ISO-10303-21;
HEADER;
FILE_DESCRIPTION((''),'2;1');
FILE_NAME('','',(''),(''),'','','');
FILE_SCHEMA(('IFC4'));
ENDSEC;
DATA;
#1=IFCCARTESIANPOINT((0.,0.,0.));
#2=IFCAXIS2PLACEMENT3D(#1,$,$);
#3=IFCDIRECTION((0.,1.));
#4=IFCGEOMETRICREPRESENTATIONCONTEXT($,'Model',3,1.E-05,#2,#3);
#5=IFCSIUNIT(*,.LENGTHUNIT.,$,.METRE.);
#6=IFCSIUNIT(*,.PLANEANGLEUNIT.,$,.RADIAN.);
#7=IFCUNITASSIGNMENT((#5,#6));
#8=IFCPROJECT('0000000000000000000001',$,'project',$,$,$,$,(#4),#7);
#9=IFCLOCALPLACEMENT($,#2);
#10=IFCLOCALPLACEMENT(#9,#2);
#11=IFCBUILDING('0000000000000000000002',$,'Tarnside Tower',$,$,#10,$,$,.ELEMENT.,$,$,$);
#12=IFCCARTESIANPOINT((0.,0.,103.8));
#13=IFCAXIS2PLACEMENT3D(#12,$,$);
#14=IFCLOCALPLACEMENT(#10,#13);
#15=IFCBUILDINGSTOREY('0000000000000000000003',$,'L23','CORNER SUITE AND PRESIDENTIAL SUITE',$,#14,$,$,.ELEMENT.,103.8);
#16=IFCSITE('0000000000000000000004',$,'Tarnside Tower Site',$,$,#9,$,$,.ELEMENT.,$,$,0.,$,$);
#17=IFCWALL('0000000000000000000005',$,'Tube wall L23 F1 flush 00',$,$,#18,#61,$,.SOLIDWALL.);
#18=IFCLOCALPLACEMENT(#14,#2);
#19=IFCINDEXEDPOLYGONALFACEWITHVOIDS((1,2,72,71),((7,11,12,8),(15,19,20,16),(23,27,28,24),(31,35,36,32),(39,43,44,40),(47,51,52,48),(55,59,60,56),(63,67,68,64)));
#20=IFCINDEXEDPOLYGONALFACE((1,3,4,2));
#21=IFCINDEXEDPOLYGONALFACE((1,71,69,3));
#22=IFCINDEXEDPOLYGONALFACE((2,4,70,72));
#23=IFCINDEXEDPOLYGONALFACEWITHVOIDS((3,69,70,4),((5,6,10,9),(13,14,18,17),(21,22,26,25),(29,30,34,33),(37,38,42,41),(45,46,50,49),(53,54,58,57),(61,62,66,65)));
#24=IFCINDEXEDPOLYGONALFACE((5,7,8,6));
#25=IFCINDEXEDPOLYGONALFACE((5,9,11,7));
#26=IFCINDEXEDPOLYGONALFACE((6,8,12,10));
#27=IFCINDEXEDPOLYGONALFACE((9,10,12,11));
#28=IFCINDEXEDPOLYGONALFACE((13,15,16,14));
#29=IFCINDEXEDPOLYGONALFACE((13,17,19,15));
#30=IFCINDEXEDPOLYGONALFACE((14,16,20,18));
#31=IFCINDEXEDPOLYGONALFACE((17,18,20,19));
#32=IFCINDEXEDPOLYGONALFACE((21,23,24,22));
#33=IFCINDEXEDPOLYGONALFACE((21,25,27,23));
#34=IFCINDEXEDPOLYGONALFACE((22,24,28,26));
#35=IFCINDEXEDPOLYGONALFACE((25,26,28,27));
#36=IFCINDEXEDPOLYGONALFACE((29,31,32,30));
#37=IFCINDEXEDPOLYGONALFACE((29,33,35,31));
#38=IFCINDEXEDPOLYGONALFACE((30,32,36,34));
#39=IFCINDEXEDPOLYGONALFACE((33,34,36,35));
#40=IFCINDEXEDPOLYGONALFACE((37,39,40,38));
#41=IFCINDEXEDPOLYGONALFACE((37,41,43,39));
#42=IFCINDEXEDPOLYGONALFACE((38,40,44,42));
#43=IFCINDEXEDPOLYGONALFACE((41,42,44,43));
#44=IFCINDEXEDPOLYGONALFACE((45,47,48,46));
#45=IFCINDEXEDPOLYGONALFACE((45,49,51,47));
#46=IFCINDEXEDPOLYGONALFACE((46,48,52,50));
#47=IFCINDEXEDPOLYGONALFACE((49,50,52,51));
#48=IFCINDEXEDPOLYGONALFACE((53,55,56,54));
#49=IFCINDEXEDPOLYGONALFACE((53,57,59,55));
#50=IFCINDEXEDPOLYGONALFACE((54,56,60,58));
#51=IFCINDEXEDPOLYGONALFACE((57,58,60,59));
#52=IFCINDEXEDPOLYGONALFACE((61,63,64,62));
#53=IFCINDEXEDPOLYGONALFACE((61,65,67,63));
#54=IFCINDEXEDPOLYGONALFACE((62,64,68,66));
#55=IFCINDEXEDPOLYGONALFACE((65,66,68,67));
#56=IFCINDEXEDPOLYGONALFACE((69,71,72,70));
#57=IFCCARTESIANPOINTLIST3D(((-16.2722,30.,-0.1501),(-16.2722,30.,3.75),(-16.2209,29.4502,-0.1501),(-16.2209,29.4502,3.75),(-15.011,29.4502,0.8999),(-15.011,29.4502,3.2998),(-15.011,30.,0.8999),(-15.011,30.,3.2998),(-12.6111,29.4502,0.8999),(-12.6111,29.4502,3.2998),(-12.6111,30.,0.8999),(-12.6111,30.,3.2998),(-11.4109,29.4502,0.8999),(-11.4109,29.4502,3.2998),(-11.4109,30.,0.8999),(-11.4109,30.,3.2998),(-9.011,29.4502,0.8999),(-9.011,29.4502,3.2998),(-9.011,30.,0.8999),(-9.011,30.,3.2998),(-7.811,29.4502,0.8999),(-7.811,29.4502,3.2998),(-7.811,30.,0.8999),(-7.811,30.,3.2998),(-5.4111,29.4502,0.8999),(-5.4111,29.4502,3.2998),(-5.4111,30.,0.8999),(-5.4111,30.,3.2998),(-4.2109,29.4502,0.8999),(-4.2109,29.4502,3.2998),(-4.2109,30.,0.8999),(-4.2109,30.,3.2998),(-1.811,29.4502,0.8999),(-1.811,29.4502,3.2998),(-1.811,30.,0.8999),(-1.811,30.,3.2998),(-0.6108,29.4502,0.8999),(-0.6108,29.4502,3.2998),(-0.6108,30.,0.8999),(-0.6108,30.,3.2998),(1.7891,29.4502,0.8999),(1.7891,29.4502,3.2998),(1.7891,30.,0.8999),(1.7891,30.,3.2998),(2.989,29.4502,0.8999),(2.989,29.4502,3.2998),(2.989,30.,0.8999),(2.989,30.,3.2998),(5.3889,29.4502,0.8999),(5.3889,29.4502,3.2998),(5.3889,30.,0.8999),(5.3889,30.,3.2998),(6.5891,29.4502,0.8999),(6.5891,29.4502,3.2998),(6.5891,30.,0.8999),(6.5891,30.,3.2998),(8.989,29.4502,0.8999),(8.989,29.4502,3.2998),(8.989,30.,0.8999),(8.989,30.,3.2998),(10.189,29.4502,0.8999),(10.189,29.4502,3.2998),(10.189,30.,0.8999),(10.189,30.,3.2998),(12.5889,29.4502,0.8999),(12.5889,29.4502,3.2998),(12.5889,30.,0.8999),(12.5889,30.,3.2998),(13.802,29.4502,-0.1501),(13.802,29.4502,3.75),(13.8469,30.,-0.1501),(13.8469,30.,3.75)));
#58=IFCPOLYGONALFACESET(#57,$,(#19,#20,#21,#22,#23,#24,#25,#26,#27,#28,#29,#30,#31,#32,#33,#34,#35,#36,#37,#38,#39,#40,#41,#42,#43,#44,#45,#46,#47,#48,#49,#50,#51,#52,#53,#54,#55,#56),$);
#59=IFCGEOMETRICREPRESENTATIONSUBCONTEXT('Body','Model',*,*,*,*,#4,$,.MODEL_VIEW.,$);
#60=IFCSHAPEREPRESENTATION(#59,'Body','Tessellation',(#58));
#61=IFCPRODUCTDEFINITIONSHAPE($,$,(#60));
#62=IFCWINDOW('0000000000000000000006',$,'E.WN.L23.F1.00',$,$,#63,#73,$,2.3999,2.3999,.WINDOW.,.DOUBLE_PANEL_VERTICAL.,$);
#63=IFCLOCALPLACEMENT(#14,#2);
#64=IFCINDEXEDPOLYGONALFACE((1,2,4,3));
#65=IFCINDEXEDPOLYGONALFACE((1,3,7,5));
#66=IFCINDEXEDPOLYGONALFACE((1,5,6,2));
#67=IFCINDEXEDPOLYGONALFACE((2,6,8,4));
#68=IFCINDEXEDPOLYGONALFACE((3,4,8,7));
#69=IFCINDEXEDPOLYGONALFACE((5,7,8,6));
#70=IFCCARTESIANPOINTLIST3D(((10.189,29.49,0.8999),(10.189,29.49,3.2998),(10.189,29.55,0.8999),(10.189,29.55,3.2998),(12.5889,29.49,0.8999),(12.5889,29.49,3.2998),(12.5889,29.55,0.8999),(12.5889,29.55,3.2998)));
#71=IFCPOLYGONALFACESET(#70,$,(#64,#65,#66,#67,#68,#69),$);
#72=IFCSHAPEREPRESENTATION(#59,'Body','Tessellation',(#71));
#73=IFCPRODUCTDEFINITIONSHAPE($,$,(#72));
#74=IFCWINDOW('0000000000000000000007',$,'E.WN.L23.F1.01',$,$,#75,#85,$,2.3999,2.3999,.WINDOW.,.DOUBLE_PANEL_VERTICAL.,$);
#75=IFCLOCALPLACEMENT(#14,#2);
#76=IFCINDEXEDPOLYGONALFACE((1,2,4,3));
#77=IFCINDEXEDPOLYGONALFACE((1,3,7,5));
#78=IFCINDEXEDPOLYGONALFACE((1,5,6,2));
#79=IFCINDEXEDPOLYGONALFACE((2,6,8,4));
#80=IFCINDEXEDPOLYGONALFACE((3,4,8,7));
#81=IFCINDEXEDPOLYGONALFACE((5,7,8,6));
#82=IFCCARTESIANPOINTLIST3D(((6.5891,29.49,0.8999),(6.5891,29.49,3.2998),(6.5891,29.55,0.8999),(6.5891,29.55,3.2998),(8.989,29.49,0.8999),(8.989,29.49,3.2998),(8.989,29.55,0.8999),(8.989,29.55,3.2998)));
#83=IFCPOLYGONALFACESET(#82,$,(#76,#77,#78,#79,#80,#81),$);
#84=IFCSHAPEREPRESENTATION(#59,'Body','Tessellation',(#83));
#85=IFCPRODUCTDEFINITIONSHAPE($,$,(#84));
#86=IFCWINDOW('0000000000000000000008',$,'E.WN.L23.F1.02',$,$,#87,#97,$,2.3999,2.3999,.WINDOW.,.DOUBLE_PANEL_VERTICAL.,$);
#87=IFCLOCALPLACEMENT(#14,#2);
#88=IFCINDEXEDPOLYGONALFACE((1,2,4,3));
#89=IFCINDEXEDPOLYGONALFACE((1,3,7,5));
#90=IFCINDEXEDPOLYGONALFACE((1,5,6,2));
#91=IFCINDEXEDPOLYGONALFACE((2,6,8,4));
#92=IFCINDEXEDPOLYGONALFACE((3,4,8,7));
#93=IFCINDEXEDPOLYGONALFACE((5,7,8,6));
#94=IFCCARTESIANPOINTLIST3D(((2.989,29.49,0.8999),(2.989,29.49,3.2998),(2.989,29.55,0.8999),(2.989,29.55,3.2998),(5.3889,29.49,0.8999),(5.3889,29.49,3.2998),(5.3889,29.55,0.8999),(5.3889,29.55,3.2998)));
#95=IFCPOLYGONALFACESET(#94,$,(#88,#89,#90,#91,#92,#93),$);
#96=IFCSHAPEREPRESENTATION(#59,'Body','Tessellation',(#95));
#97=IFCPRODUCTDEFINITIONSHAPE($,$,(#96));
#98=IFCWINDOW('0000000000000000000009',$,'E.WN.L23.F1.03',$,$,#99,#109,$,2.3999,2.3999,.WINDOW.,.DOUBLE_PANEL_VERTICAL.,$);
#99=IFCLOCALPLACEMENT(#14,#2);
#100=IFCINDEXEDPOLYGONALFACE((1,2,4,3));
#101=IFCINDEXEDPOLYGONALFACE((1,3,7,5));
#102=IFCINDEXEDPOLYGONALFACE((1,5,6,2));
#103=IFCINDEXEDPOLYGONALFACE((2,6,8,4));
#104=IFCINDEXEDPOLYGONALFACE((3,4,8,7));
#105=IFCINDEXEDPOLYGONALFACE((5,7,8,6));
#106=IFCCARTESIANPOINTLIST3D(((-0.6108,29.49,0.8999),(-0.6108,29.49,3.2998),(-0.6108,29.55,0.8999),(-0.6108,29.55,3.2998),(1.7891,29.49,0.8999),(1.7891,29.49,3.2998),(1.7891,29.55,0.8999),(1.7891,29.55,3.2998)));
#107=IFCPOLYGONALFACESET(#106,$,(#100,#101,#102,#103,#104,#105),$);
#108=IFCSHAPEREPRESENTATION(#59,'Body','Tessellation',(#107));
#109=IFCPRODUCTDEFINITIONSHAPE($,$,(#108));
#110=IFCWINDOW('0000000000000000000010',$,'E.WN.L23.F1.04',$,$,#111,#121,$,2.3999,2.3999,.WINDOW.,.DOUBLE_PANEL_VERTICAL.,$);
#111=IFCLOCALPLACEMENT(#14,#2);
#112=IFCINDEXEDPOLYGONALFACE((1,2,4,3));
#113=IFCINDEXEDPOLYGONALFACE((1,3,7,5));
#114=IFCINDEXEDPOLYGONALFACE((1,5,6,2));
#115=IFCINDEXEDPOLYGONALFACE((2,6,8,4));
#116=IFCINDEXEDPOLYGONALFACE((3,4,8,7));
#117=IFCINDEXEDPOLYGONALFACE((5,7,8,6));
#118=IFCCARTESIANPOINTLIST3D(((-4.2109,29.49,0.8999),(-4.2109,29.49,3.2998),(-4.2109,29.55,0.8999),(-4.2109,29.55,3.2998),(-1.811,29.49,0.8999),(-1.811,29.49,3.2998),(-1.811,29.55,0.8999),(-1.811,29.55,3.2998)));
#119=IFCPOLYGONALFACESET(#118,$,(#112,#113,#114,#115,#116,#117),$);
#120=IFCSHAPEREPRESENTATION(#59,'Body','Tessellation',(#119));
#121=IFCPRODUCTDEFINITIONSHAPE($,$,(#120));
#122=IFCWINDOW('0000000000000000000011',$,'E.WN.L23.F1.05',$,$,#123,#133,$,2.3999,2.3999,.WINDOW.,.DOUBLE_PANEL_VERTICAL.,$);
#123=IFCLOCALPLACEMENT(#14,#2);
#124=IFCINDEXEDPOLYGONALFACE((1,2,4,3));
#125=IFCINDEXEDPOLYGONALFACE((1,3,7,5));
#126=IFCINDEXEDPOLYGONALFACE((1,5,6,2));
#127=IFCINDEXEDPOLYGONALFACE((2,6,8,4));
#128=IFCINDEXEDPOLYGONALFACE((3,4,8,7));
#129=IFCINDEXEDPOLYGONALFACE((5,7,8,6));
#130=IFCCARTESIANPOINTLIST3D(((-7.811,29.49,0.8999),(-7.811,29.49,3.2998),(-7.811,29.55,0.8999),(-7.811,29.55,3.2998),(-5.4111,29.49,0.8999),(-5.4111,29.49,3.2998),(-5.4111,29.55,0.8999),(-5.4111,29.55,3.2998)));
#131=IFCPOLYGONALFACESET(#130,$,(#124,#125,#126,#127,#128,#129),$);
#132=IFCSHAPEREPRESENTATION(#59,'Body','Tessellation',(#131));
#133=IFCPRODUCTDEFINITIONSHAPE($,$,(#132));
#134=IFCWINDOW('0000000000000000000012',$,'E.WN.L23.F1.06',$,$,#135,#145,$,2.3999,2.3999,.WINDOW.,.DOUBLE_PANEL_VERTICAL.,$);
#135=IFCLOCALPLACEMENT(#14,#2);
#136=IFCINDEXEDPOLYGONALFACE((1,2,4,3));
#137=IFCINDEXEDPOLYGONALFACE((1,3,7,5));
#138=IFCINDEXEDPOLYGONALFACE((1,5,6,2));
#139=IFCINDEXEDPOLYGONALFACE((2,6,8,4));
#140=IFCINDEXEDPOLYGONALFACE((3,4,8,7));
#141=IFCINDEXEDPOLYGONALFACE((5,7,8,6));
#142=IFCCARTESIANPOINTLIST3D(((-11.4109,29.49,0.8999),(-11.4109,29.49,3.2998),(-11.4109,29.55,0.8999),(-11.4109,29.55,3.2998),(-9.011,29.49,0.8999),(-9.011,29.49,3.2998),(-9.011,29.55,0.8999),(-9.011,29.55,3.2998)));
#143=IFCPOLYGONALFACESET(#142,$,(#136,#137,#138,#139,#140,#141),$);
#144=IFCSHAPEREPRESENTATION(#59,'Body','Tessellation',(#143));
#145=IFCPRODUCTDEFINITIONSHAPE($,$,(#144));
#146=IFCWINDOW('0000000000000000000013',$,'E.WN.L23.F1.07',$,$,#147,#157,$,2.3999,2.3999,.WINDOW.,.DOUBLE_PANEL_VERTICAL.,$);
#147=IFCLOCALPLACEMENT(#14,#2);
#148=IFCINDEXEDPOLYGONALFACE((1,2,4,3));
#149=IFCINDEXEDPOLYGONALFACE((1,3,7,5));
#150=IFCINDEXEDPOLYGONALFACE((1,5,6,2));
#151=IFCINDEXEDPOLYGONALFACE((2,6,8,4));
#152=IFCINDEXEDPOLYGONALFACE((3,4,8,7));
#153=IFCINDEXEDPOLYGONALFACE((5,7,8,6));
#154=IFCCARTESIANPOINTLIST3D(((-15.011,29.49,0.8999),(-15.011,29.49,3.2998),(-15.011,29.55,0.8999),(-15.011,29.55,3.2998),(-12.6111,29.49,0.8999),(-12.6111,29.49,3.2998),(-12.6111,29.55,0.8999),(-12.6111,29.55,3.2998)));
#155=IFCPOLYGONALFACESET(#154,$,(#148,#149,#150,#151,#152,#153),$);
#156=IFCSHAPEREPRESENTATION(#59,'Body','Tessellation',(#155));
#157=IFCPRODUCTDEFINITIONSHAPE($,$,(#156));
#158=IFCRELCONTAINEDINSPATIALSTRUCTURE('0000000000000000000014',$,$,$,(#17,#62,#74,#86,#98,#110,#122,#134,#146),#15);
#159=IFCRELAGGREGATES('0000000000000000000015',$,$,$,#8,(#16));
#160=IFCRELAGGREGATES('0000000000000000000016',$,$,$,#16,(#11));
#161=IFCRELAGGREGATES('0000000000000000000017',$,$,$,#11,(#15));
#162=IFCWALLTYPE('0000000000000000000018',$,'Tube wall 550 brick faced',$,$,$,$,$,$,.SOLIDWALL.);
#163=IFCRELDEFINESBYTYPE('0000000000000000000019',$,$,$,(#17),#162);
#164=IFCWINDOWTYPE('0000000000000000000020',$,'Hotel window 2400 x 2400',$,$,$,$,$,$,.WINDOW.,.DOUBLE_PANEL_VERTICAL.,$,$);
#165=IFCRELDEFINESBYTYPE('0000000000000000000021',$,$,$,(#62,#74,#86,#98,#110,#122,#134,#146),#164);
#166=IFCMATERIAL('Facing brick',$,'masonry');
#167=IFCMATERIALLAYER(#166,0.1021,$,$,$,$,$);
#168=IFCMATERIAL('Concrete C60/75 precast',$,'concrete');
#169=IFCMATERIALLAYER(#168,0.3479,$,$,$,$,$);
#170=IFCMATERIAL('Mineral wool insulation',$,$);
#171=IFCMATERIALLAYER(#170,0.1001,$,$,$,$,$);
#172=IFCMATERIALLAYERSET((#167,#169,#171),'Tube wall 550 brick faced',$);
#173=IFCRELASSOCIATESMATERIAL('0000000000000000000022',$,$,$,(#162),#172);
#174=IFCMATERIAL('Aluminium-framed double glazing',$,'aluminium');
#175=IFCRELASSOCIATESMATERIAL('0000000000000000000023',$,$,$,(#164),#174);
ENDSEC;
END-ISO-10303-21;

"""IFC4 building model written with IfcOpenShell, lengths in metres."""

from ifc_helpers import new_model, si_unit, direction, frame, frame_2d, origin, place, context, subcontext, project, spatial, polyline, rectangle, outline, extrude, material, layer, layer_set, type_object, element, fill, save


model = new_model("IFC4")

# Units and contexts
model_context = context("Model", 3, precision=1e-05, world=origin(), true_north=direction((0.0, 1.0)))
body_context = subcontext(model_context, "Body", "Model", "MODEL_VIEW")
ifc_project = project(units=[si_unit("LENGTHUNIT", "METRE"), si_unit("PLANEANGLEUNIT", "RADIAN")], contexts=[model_context])

# Site, building, storey
site_placement = place(None, origin())
site = spatial("IfcSite", under=ifc_project, at=site_placement, Name="Tarnside Tower Site", CompositionType="ELEMENT", RefElevation=0.0)
building_placement = place(site_placement, origin())
building = spatial("IfcBuilding", under=site, at=building_placement, Name="Tarnside Tower", CompositionType="ELEMENT")
storey_placement = place(building_placement, frame((0.0, 0.0, 103.8)))
storey = spatial("IfcBuildingStorey", under=building, at=storey_placement, Name="L23", Description="CORNER SUITE AND PRESIDENTIAL SUITE", CompositionType="ELEMENT", Elevation=103.8)

# Wall, openings, windows
ifc_material_1 = material(Name="Facing brick", Category="masonry")
ifc_layer_1 = layer(ifc_material_1, 0.1021)
ifc_material_2 = material(Name="Concrete C60/75 precast", Category="concrete")
ifc_layer_2 = layer(ifc_material_2, 0.3479)
ifc_material_3 = material(Name="Mineral wool insulation")
ifc_layer_3 = layer(ifc_material_3, 0.1001)
ifc_layer_set_1 = layer_set([ifc_layer_1, ifc_layer_2, ifc_layer_3], Name="Tube wall 550 brick faced")
wall_type_1 = type_object("IfcWallType", Name="Tube wall 550 brick faced", PredefinedType="SOLIDWALL", material=ifc_layer_set_1)
wall_1_placement = place(storey_placement, frame((13.8245, 29.7251, -0.1501), z_axis=(0.0, 0.0, 1.0), x_axis=(-1.0, 0.0, 0.0)))
wall_1 = element("IfcWall", 1, at=wall_1_placement, inside=storey, type_object=wall_type_1, Name="Tube wall L23 F1 flush 00", PredefinedType="SOLIDWALL", context=body_context, shape_type="SweptSolid", body=[
    extrude(outline(polyline([(-0.0225, -0.2749), (30.0967, -0.2749), (30.0454, 0.2749), (0.0225, 0.2749), (-0.0225, -0.2749)])), origin(), (0.0, 0.0, 1.0), 3.9001),
])
opening_1_placement = place(wall_1_placement, frame((1.2356, 0.0, 1.05)))
opening_1 = element("IfcOpeningElement", 2, at=opening_1_placement, cuts=wall_1, PredefinedType="OPENING", context=body_context, shape_type="SweptSolid", body=[
    extrude(rectangle(XDim=2.3999, YDim=2.3999, at=frame_2d((1.2, 1.2))), frame((0.0, 0.2852, 0.0), z_axis=(0.0, -1.0, 0.0), x_axis=(1.0, 0.0, 0.0)), (0.0, 0.0, 1.0), 0.5701),
])
opening_2_placement = place(wall_1_placement, frame((4.8354, 0.0, 1.05)))
opening_2 = element("IfcOpeningElement", 3, at=opening_2_placement, cuts=wall_1, PredefinedType="OPENING", context=body_context, shape_type="SweptSolid", body=[
    extrude(rectangle(XDim=2.3999, YDim=2.3999, at=frame_2d((1.2, 1.2))), frame((0.0, 0.2852, 0.0), z_axis=(0.0, -1.0, 0.0), x_axis=(1.0, 0.0, 0.0)), (0.0, 0.0, 1.0), 0.5701),
])
opening_3_placement = place(wall_1_placement, frame((8.4355, 0.0, 1.05)))
opening_3 = element("IfcOpeningElement", 4, at=opening_3_placement, cuts=wall_1, PredefinedType="OPENING", context=body_context, shape_type="SweptSolid", body=[
    extrude(rectangle(XDim=2.3999, YDim=2.3999, at=frame_2d((1.2, 1.2))), frame((0.0, 0.2852, 0.0), z_axis=(0.0, -1.0, 0.0), x_axis=(1.0, 0.0, 0.0)), (0.0, 0.0, 1.0), 0.5701),
])
opening_4_placement = place(wall_1_placement, frame((12.0354, 0.0, 1.05)))
opening_4 = element("IfcOpeningElement", 5, at=opening_4_placement, cuts=wall_1, PredefinedType="OPENING", context=body_context, shape_type="SweptSolid", body=[
    extrude(rectangle(XDim=2.3999, YDim=2.3999, at=frame_2d((1.2, 1.2))), frame((0.0, 0.2852, 0.0), z_axis=(0.0, -1.0, 0.0), x_axis=(1.0, 0.0, 0.0)), (0.0, 0.0, 1.0), 0.5701),
])
opening_5_placement = place(wall_1_placement, frame((15.6355, 0.0, 1.05)))
opening_5 = element("IfcOpeningElement", 6, at=opening_5_placement, cuts=wall_1, PredefinedType="OPENING", context=body_context, shape_type="SweptSolid", body=[
    extrude(rectangle(XDim=2.3999, YDim=2.3999, at=frame_2d((1.2, 1.2))), frame((0.0, 0.2852, 0.0), z_axis=(0.0, -1.0, 0.0), x_axis=(1.0, 0.0, 0.0)), (0.0, 0.0, 1.0), 0.5701),
])
opening_6_placement = place(wall_1_placement, frame((19.2356, 0.0, 1.05)))
opening_6 = element("IfcOpeningElement", 7, at=opening_6_placement, cuts=wall_1, PredefinedType="OPENING", context=body_context, shape_type="SweptSolid", body=[
    extrude(rectangle(XDim=2.3999, YDim=2.3999, at=frame_2d((1.2, 1.2))), frame((0.0, 0.2852, 0.0), z_axis=(0.0, -1.0, 0.0), x_axis=(1.0, 0.0, 0.0)), (0.0, 0.0, 1.0), 0.5701),
])
opening_7_placement = place(wall_1_placement, frame((22.8354, 0.0, 1.05)))
opening_7 = element("IfcOpeningElement", 8, at=opening_7_placement, cuts=wall_1, PredefinedType="OPENING", context=body_context, shape_type="SweptSolid", body=[
    extrude(rectangle(XDim=2.3999, YDim=2.3999, at=frame_2d((1.2, 1.2))), frame((0.0, 0.2852, 0.0), z_axis=(0.0, -1.0, 0.0), x_axis=(1.0, 0.0, 0.0)), (0.0, 0.0, 1.0), 0.5701),
])
opening_8_placement = place(wall_1_placement, frame((26.4355, 0.0, 1.05)))
opening_8 = element("IfcOpeningElement", 9, at=opening_8_placement, cuts=wall_1, PredefinedType="OPENING", context=body_context, shape_type="SweptSolid", body=[
    extrude(rectangle(XDim=2.3999, YDim=2.3999, at=frame_2d((1.2, 1.2))), frame((0.0, 0.2852, 0.0), z_axis=(0.0, -1.0, 0.0), x_axis=(1.0, 0.0, 0.0)), (0.0, 0.0, 1.0), 0.5701),
])
ifc_material_4 = material(Name="Aluminium-framed double glazing", Category="aluminium")
window_type = type_object("IfcWindowType", Name="Hotel window 2400 x 2400", PartitioningType="DOUBLE_PANEL_VERTICAL", PredefinedType="WINDOW", material=ifc_material_4)
window_1_placement = place(opening_1_placement, frame((0.0, 0.2051, 0.0)))
window_1 = element("IfcWindow", 10, at=window_1_placement, inside=storey, type_object=window_type, Name="E.WN.L23.F1.00", OverallHeight=2.3999, OverallWidth=2.3999, PartitioningType="DOUBLE_PANEL_VERTICAL", PredefinedType="WINDOW", context=body_context, shape_type="SweptSolid", body=[
    extrude(rectangle(XDim=2.3999, YDim=2.3999, at=frame_2d((1.2, 1.2))), frame((0.0, 0.03, 0.0), z_axis=(0.0, -1.0, 0.0), x_axis=(1.0, 0.0, 0.0)), (0.0, 0.0, 1.0), 0.0601),
])
fill(opening_1, window_1)
window_2_placement = place(opening_2_placement, frame((0.0, 0.2051, 0.0)))
window_2 = element("IfcWindow", 11, at=window_2_placement, inside=storey, type_object=window_type, Name="E.WN.L23.F1.01", OverallHeight=2.3999, OverallWidth=2.3999, PartitioningType="DOUBLE_PANEL_VERTICAL", PredefinedType="WINDOW", context=body_context, shape_type="SweptSolid", body=[
    extrude(rectangle(XDim=2.3999, YDim=2.3999, at=frame_2d((1.2, 1.2))), frame((0.0, 0.03, 0.0), z_axis=(0.0, -1.0, 0.0), x_axis=(1.0, 0.0, 0.0)), (0.0, 0.0, 1.0), 0.0601),
])
fill(opening_2, window_2)
window_3_placement = place(opening_3_placement, frame((0.0, 0.2051, 0.0)))
window_3 = element("IfcWindow", 12, at=window_3_placement, inside=storey, type_object=window_type, Name="E.WN.L23.F1.02", OverallHeight=2.3999, OverallWidth=2.3999, PartitioningType="DOUBLE_PANEL_VERTICAL", PredefinedType="WINDOW", context=body_context, shape_type="SweptSolid", body=[
    extrude(rectangle(XDim=2.3999, YDim=2.3999, at=frame_2d((1.2, 1.2))), frame((0.0, 0.03, 0.0), z_axis=(0.0, -1.0, 0.0), x_axis=(1.0, 0.0, 0.0)), (0.0, 0.0, 1.0), 0.0601),
])
fill(opening_3, window_3)
window_4_placement = place(opening_4_placement, frame((0.0, 0.2051, 0.0)))
window_4 = element("IfcWindow", 13, at=window_4_placement, inside=storey, type_object=window_type, Name="E.WN.L23.F1.03", OverallHeight=2.3999, OverallWidth=2.3999, PartitioningType="DOUBLE_PANEL_VERTICAL", PredefinedType="WINDOW", context=body_context, shape_type="SweptSolid", body=[
    extrude(rectangle(XDim=2.3999, YDim=2.3999, at=frame_2d((1.2, 1.2))), frame((0.0, 0.03, 0.0), z_axis=(0.0, -1.0, 0.0), x_axis=(1.0, 0.0, 0.0)), (0.0, 0.0, 1.0), 0.0601),
])
fill(opening_4, window_4)
window_5_placement = place(opening_5_placement, frame((0.0, 0.2051, 0.0)))
window_5 = element("IfcWindow", 14, at=window_5_placement, inside=storey, type_object=window_type, Name="E.WN.L23.F1.04", OverallHeight=2.3999, OverallWidth=2.3999, PartitioningType="DOUBLE_PANEL_VERTICAL", PredefinedType="WINDOW", context=body_context, shape_type="SweptSolid", body=[
    extrude(rectangle(XDim=2.3999, YDim=2.3999, at=frame_2d((1.2, 1.2))), frame((0.0, 0.03, 0.0), z_axis=(0.0, -1.0, 0.0), x_axis=(1.0, 0.0, 0.0)), (0.0, 0.0, 1.0), 0.0601),
])
fill(opening_5, window_5)
window_6_placement = place(opening_6_placement, frame((0.0, 0.2051, 0.0)))
window_6 = element("IfcWindow", 15, at=window_6_placement, inside=storey, type_object=window_type, Name="E.WN.L23.F1.05", OverallHeight=2.3999, OverallWidth=2.3999, PartitioningType="DOUBLE_PANEL_VERTICAL", PredefinedType="WINDOW", context=body_context, shape_type="SweptSolid", body=[
    extrude(rectangle(XDim=2.3999, YDim=2.3999, at=frame_2d((1.2, 1.2))), frame((0.0, 0.03, 0.0), z_axis=(0.0, -1.0, 0.0), x_axis=(1.0, 0.0, 0.0)), (0.0, 0.0, 1.0), 0.0601),
])
fill(opening_6, window_6)
window_7_placement = place(opening_7_placement, frame((0.0, 0.2051, 0.0)))
window_7 = element("IfcWindow", 16, at=window_7_placement, inside=storey, type_object=window_type, Name="E.WN.L23.F1.06", OverallHeight=2.3999, OverallWidth=2.3999, PartitioningType="DOUBLE_PANEL_VERTICAL", PredefinedType="WINDOW", context=body_context, shape_type="SweptSolid", body=[
    extrude(rectangle(XDim=2.3999, YDim=2.3999, at=frame_2d((1.2, 1.2))), frame((0.0, 0.03, 0.0), z_axis=(0.0, -1.0, 0.0), x_axis=(1.0, 0.0, 0.0)), (0.0, 0.0, 1.0), 0.0601),
])
fill(opening_7, window_7)
window_8_placement = place(opening_8_placement, frame((0.0, 0.2051, 0.0)))
window_8 = element("IfcWindow", 17, at=window_8_placement, inside=storey, type_object=window_type, Name="E.WN.L23.F1.07", OverallHeight=2.3999, OverallWidth=2.3999, PartitioningType="DOUBLE_PANEL_VERTICAL", PredefinedType="WINDOW", context=body_context, shape_type="SweptSolid", body=[
    extrude(rectangle(XDim=2.3999, YDim=2.3999, at=frame_2d((1.2, 1.2))), frame((0.0, 0.03, 0.0), z_axis=(0.0, -1.0, 0.0), x_axis=(1.0, 0.0, 0.0)), (0.0, 0.0, 1.0), 0.0601),
])
fill(opening_8, window_8)

save(model, "model.ifc")
